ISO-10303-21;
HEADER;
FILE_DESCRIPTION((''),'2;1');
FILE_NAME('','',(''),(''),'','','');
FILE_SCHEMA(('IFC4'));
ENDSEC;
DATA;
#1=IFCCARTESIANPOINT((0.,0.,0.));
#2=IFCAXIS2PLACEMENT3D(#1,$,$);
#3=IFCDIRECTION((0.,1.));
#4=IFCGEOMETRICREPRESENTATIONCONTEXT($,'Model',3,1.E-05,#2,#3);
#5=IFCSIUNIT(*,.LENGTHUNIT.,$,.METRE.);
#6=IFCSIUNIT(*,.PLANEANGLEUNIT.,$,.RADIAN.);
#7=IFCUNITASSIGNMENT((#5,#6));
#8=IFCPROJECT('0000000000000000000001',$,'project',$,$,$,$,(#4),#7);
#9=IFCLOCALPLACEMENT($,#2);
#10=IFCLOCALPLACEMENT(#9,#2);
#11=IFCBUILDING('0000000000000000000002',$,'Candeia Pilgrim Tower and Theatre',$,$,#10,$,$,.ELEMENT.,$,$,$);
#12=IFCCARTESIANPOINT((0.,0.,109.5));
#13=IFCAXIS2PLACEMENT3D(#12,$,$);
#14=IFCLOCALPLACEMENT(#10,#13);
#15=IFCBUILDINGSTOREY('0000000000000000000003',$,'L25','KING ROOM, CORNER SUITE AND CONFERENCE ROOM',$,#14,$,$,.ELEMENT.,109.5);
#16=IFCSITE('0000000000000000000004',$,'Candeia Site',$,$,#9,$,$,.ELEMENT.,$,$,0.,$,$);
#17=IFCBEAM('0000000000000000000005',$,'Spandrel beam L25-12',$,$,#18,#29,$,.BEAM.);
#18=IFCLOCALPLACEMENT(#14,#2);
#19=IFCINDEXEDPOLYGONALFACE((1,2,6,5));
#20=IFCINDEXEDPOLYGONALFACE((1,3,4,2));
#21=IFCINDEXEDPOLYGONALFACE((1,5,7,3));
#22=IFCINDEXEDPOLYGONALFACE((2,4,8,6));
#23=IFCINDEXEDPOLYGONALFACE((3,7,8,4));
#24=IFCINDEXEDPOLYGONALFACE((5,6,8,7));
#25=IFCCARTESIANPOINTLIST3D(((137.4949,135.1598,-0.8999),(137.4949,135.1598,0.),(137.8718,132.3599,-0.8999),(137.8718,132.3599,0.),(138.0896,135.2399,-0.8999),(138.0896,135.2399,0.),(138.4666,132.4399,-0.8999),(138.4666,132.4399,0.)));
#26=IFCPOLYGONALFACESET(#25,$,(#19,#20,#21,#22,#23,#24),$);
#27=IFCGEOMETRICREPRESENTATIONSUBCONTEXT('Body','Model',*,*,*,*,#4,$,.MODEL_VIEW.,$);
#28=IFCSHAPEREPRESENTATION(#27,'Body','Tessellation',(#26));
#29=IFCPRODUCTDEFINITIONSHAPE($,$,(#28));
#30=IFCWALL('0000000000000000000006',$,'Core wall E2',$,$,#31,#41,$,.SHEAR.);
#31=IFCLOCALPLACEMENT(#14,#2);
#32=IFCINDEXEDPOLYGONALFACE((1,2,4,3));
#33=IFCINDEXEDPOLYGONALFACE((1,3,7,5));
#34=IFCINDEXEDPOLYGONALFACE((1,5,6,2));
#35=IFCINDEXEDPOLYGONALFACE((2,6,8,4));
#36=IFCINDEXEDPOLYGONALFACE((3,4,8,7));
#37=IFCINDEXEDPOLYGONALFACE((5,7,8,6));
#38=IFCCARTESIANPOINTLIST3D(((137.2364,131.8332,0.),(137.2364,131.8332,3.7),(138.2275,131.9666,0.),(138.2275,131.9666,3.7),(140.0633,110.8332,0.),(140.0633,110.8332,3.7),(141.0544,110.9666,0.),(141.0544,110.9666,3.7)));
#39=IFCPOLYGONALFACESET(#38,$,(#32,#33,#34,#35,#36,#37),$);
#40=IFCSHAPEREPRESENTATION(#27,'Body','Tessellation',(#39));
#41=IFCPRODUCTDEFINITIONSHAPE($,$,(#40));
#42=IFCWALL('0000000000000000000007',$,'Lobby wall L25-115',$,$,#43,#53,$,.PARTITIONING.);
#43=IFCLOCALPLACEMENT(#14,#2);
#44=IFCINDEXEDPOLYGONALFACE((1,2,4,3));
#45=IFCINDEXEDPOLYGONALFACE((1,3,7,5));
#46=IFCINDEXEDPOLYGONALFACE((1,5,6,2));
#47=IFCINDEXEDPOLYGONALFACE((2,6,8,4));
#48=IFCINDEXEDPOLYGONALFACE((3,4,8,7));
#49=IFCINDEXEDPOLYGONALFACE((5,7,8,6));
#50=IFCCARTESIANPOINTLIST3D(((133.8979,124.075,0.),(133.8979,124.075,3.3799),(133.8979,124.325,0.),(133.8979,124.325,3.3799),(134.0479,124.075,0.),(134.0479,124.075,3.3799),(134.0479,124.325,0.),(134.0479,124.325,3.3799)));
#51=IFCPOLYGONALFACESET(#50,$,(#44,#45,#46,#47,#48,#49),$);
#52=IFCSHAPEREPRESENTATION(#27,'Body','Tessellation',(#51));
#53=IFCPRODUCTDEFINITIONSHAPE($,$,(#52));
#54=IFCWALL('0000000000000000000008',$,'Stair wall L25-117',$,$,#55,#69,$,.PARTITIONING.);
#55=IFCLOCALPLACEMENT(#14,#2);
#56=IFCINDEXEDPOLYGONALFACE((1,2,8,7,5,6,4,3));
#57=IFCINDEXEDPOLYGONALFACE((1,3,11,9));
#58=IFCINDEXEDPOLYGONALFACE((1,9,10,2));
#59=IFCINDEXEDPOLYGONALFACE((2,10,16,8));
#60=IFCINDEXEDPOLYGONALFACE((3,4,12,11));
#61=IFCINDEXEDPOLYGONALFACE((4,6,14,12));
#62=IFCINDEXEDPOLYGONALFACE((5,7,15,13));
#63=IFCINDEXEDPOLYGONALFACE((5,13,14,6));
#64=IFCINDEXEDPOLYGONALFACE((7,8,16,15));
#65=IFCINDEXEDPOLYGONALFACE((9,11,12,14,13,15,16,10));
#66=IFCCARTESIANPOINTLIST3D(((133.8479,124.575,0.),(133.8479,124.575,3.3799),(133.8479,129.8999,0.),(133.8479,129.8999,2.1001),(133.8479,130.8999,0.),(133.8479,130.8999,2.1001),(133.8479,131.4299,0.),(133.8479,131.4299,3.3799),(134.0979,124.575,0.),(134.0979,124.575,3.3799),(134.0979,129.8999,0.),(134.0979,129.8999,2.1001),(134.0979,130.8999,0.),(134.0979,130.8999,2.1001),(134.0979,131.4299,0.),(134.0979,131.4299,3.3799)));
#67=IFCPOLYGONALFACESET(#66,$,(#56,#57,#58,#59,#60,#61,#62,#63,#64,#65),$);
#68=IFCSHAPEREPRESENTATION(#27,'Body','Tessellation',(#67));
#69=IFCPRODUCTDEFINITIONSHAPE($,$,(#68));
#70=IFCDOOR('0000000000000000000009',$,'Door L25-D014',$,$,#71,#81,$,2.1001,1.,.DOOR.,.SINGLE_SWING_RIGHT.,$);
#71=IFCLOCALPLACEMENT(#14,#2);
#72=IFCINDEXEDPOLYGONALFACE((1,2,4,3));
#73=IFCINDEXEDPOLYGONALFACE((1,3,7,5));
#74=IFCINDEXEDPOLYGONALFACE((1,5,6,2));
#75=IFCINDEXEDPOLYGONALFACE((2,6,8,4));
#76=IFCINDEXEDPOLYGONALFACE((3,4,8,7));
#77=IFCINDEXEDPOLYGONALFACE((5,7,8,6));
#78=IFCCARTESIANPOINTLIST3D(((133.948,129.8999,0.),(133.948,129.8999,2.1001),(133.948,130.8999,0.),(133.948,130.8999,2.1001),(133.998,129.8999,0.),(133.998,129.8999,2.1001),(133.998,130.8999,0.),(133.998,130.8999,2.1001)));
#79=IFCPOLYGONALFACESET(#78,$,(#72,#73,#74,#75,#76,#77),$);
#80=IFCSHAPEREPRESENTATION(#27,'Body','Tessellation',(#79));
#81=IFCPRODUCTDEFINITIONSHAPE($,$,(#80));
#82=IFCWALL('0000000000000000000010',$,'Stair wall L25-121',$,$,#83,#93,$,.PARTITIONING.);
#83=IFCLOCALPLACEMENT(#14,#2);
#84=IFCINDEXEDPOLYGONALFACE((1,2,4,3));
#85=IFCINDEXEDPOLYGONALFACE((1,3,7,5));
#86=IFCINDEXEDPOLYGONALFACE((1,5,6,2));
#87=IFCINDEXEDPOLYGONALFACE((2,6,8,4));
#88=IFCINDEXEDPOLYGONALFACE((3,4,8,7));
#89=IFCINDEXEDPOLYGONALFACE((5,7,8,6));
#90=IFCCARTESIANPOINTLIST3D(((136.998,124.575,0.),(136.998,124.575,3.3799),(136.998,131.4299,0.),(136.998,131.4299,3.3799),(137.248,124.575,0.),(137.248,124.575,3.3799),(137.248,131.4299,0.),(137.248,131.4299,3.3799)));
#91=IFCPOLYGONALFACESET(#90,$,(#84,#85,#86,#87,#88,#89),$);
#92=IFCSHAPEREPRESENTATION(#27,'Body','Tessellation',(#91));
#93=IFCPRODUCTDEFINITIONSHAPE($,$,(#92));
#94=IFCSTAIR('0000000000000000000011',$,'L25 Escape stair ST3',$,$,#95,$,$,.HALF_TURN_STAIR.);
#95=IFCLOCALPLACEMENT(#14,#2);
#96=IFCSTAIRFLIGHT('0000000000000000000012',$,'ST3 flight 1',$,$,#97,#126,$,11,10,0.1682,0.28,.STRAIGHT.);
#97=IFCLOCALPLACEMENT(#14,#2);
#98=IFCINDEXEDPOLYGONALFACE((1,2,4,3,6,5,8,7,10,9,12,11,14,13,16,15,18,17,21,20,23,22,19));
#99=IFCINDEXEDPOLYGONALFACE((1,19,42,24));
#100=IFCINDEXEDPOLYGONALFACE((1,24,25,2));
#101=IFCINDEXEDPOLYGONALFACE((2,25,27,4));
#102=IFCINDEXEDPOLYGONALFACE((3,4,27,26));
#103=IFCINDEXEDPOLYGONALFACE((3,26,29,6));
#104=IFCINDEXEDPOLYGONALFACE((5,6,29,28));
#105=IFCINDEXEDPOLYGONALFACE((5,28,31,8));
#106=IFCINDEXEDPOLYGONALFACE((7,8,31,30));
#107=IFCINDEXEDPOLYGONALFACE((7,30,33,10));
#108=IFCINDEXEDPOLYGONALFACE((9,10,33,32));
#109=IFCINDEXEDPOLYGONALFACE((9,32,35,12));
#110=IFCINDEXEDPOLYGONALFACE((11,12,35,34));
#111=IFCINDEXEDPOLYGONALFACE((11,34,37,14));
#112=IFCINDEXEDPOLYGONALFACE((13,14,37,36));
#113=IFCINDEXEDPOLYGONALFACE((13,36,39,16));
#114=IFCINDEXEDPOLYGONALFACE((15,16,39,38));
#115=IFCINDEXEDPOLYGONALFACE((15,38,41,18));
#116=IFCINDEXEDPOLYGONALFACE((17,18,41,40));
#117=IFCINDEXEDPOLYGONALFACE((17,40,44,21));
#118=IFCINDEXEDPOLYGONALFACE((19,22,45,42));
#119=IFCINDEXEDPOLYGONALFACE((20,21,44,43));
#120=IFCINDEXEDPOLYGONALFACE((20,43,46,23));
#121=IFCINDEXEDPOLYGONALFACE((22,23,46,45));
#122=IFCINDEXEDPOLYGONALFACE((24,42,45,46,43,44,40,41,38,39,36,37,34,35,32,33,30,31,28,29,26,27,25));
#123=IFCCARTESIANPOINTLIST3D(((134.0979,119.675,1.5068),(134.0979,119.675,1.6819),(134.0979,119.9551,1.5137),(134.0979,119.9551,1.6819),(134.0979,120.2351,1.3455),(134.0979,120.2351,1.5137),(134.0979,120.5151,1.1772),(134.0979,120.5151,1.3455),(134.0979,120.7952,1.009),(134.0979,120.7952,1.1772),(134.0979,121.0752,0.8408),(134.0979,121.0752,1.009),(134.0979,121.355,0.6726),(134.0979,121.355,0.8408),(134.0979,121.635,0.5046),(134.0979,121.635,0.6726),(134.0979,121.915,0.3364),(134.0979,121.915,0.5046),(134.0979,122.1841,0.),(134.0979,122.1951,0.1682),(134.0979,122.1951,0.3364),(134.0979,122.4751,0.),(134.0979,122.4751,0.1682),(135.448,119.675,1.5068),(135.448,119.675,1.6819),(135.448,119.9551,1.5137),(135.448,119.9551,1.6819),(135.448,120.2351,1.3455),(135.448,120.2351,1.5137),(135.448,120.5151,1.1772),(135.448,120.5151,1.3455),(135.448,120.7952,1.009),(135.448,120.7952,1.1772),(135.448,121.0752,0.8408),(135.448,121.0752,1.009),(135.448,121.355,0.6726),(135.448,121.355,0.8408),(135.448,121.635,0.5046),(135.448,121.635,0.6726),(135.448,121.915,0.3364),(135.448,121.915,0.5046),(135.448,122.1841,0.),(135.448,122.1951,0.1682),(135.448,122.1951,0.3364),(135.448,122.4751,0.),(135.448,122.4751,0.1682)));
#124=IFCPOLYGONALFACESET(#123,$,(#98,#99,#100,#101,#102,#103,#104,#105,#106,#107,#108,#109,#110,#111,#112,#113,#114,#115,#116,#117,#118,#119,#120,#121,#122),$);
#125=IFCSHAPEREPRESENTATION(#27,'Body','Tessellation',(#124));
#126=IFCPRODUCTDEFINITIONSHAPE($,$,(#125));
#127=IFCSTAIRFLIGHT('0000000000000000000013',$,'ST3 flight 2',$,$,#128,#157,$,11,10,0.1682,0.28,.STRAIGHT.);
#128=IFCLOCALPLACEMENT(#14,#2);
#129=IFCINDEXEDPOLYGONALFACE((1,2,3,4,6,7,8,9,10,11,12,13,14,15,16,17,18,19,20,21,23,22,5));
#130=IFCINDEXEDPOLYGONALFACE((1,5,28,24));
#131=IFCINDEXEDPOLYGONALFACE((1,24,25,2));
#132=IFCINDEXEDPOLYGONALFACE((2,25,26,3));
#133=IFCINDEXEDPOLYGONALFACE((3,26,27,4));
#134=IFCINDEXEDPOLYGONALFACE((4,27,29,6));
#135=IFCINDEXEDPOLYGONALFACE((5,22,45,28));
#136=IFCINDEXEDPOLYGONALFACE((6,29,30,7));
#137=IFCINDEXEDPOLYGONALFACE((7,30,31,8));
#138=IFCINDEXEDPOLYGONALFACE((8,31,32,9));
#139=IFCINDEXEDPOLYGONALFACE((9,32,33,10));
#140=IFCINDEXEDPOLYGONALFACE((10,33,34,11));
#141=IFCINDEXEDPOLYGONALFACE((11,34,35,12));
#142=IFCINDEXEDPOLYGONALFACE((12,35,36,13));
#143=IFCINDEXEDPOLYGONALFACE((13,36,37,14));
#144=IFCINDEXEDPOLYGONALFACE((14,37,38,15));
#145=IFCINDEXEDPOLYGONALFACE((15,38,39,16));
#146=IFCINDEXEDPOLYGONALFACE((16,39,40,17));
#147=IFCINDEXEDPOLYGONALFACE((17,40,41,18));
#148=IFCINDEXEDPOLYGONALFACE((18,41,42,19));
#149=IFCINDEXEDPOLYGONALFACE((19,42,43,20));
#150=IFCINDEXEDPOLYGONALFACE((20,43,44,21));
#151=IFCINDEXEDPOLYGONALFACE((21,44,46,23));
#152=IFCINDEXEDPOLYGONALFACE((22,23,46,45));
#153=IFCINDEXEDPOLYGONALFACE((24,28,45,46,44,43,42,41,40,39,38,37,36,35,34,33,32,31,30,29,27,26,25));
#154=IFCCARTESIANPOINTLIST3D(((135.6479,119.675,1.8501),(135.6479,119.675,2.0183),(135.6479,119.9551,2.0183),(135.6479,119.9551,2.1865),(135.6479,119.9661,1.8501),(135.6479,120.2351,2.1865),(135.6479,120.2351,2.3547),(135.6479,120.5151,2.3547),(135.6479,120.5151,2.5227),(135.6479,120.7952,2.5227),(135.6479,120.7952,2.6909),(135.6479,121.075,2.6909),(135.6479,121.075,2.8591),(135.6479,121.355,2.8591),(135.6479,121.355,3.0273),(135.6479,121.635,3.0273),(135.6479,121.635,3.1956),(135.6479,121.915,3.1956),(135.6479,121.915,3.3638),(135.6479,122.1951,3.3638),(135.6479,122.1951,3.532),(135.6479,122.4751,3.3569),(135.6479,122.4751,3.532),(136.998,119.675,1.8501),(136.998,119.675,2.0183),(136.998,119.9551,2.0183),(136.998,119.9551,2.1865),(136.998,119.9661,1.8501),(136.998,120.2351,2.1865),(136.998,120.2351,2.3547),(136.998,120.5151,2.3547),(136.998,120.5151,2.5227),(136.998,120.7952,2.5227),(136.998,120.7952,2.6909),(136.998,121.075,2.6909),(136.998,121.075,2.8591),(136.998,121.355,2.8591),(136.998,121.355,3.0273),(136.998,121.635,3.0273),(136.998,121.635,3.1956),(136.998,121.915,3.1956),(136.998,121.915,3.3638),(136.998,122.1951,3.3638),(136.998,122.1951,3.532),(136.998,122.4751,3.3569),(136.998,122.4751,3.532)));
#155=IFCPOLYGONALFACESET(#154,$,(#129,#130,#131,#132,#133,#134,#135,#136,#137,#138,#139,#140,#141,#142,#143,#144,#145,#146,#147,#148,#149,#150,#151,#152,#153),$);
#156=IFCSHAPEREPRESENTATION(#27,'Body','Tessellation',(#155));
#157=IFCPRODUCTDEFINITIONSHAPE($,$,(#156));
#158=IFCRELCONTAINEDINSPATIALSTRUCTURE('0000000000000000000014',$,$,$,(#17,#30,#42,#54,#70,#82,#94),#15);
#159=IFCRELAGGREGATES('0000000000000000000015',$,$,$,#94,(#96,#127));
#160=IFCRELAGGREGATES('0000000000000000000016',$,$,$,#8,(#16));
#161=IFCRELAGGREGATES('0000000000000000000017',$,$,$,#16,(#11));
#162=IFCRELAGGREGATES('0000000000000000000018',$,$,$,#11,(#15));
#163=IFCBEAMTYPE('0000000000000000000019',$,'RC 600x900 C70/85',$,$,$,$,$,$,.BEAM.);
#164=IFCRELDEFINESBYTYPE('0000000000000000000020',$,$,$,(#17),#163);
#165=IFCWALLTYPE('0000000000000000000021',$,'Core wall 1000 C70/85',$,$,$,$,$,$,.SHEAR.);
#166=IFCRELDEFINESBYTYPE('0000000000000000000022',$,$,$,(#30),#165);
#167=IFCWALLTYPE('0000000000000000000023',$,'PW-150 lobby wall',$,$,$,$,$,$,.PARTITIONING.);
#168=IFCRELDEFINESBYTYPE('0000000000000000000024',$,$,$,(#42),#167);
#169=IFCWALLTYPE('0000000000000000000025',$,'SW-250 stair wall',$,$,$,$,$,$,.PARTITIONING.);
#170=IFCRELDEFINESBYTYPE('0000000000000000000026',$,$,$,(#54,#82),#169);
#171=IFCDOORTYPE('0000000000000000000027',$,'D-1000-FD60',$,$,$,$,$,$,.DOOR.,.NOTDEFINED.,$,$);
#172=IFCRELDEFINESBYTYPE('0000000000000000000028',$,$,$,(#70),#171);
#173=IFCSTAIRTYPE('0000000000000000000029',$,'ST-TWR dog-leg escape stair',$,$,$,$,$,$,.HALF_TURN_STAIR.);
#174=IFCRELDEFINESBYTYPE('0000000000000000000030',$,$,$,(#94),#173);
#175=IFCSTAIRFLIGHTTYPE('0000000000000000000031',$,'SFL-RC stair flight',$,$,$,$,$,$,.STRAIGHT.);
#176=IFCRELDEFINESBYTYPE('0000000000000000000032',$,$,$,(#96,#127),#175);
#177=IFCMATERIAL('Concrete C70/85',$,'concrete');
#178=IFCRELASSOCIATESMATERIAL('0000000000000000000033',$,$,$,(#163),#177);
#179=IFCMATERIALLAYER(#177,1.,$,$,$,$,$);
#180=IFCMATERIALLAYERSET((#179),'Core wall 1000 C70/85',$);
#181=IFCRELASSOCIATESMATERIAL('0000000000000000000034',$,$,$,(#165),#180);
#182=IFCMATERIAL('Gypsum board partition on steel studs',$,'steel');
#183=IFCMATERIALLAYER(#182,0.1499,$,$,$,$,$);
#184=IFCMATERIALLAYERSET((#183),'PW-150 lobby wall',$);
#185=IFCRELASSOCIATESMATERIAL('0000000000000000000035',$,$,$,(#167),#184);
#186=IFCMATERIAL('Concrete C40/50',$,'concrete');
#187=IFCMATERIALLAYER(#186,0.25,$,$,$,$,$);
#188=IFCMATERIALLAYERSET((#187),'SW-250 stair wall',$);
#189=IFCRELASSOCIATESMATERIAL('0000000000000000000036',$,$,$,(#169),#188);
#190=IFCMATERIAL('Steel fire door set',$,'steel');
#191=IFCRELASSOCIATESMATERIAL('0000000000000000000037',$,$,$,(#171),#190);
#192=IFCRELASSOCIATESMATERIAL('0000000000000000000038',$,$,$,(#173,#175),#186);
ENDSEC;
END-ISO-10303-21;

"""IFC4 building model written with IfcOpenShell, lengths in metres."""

from ifc_helpers import new_model, si_unit, direction, frame, frame_2d, origin, origin_2d, place, context, subcontext, project, spatial, polyline, rectangle, outline, extrude, material, layer, layer_set, material_profile, profile_set, type_object, element, fill, aggregate, save


model = new_model("IFC4")

# Units and contexts
model_context = context("Model", 3, precision=1e-05, world=origin(), true_north=direction((0.0, 1.0)))
body_context = subcontext(model_context, "Body", "Model", "MODEL_VIEW")
ifc_project = project(units=[si_unit("LENGTHUNIT", "METRE"), si_unit("PLANEANGLEUNIT", "RADIAN")], contexts=[model_context])

# Site, building, storey
site_placement = place(None, origin())
site = spatial("IfcSite", under=ifc_project, at=site_placement, Name="Candeia Site", CompositionType="ELEMENT", RefElevation=0.0)
building_placement = place(site_placement, origin())
building = spatial("IfcBuilding", under=site, at=building_placement, Name="Candeia Pilgrim Tower and Theatre", CompositionType="ELEMENT")
storey_placement = place(building_placement, frame((0.0, 0.0, 109.5)))
storey = spatial("IfcBuildingStorey", under=building, at=storey_placement, Name="L25", Description="KING ROOM, CORNER SUITE AND CONFERENCE ROOM", CompositionType="ELEMENT", Elevation=109.5)

# Beam
ifc_material_1 = material(Name="Concrete C70/85", Category="concrete")
ifc_material_profile = material_profile(ifc_material_1, rectangle(XDim=0.6001, YDim=0.8999, at=origin_2d()))
ifc_profile_set = profile_set([ifc_material_profile], Name="Concrete C70/85")
beam_type = type_object("IfcBeamType", Name="RC 600x900 C70/85", PredefinedType="BEAM", material=ifc_profile_set)
beam_placement = place(storey_placement, frame((138.1692, 132.3999, -0.45), z_axis=(-0.13342, 0.99106, 0.0), x_axis=(-0.99106, -0.13342, 0.0)))
element("IfcBeam", 1, at=beam_placement, inside=storey, type_object=beam_type, Name="Spandrel beam L25-12", PredefinedType="BEAM", context=body_context, shape_type="SweptSolid", body=[
    extrude(rectangle(XDim=0.6001, YDim=0.8999, at=origin_2d()), origin(), (0.0, 0.0, 1.0), 2.8252),
])

# Wall
ifc_layer_1 = layer(ifc_material_1, 1.0)
ifc_layer_set_1 = layer_set([ifc_layer_1], Name="Core wall 1000 C70/85")
wall_type_1 = type_object("IfcWallType", Name="Core wall 1000 C70/85", PredefinedType="SHEAR", material=ifc_layer_set_1)
wall_1_placement = place(storey_placement, frame((137.7319, 131.8999, 0.0), z_axis=(0.0, 0.0, 1.0), x_axis=(0.133411, -0.991061, 0.0)))
element("IfcWall", 2, at=wall_1_placement, inside=storey, type_object=wall_type_1, Name="Core wall E2", PredefinedType="SHEAR", context=body_context, shape_type="SweptSolid", body=[
    extrude(rectangle(XDim=21.1895, YDim=1.0, at=frame_2d((10.5947, 0.0))), origin(), (0.0, 0.0, 1.0), 3.7),
])

# Wall
ifc_material_2 = material(Name="Gypsum board partition on steel studs", Category="steel")
ifc_layer_2 = layer(ifc_material_2, 0.1499)
ifc_layer_set_2 = layer_set([ifc_layer_2], Name="PW-150 lobby wall")
wall_type_2 = type_object("IfcWallType", Name="PW-150 lobby wall", PredefinedType="PARTITIONING", material=ifc_layer_set_2)
wall_2_placement = place(storey_placement, frame((133.9729, 124.075, 0.0), z_axis=(0.0, 0.0, 1.0), x_axis=(0.0, 1.0, 0.0)))
element("IfcWall", 3, at=wall_2_placement, inside=storey, type_object=wall_type_2, Name="Lobby wall L25-115", PredefinedType="PARTITIONING", context=body_context, shape_type="SweptSolid", body=[
    extrude(rectangle(XDim=0.25, YDim=0.1499, at=frame_2d((0.125, 0.0))), origin(), (0.0, 0.0, 1.0), 3.3799),
])

# Wall, opening, door
ifc_material_3 = material(Name="Concrete C40/50", Category="concrete")
ifc_layer_3 = layer(ifc_material_3, 0.25)
ifc_layer_set_3 = layer_set([ifc_layer_3], Name="SW-250 stair wall")
wall_type_3 = type_object("IfcWallType", Name="SW-250 stair wall", PredefinedType="PARTITIONING", material=ifc_layer_set_3)
wall_3_placement = place(storey_placement, frame((133.9729, 124.575, 0.0), z_axis=(0.0, 0.0, 1.0), x_axis=(0.0, 1.0, 0.0)))
wall_3 = element("IfcWall", 4, at=wall_3_placement, inside=storey, type_object=wall_type_3, Name="Stair wall L25-117", PredefinedType="PARTITIONING", context=body_context, shape_type="SweptSolid", body=[
    extrude(rectangle(XDim=6.855, YDim=0.25, at=frame_2d((3.4275, 0.0))), origin(), (0.0, 0.0, 1.0), 3.3799),
])
opening_1_placement = place(wall_3_placement, frame((5.325, 0.0, 0.0)))
opening_1 = element("IfcOpeningElement", 5, at=opening_1_placement, cuts=wall_3, PredefinedType="OPENING", context=body_context, shape_type="SweptSolid", body=[
    extrude(rectangle(XDim=1.0, YDim=2.1001, at=frame_2d((0.5, 1.05))), frame((0.0, 0.135, 0.0), z_axis=(0.0, -1.0, 0.0), x_axis=(1.0, 0.0, 0.0)), (0.0, 0.0, 1.0), 0.27),
])
ifc_material_4 = material(Name="Steel fire door set", Category="steel")
door_type_1 = type_object("IfcDoorType", Name="D-1000-FD60", OperationType="NOTDEFINED", PredefinedType="DOOR", material=ifc_material_4)
door_1_placement = place(opening_1_placement, origin())
door_1 = element("IfcDoor", 6, at=door_1_placement, inside=storey, type_object=door_type_1, Name="Door L25-D014", OperationType="SINGLE_SWING_RIGHT", OverallHeight=2.1001, OverallWidth=1.0, PredefinedType="DOOR", context=body_context, shape_type="SweptSolid", body=[
    extrude(rectangle(XDim=1.0, YDim=2.1001, at=frame_2d((0.5, 1.05))), frame((0.0, 0.0249, 0.0), z_axis=(0.0, -1.0, 0.0), x_axis=(1.0, 0.0, 0.0)), (0.0, 0.0, 1.0), 0.05),
])
fill(opening_1, door_1)

# Wall
wall_4_placement = place(storey_placement, frame((137.123, 124.575, 0.0), z_axis=(0.0, 0.0, 1.0), x_axis=(0.0, 1.0, 0.0)))
element("IfcWall", 7, at=wall_4_placement, inside=storey, type_object=wall_type_3, Name="Stair wall L25-121", PredefinedType="PARTITIONING", context=body_context, shape_type="SweptSolid", body=[
    extrude(rectangle(XDim=6.855, YDim=0.25, at=frame_2d((3.4275, 0.0))), origin(), (0.0, 0.0, 1.0), 3.3799),
])

# Stair, stair flights
stair_type = type_object("IfcStairType", Name="ST-TWR dog-leg escape stair", PredefinedType="HALF_TURN_STAIR", material=ifc_material_3)
stair_1_placement = place(storey_placement, origin())
stair_1 = element("IfcStair", 8, at=stair_1_placement, inside=storey, type_object=stair_type, Name="L25 Escape stair ST3", PredefinedType="HALF_TURN_STAIR")
stair_flight_type = type_object("IfcStairFlightType", Name="SFL-RC stair flight", PredefinedType="STRAIGHT", material=ifc_material_3)
stair_flight_1_placement = place(storey_placement, frame((134.7729, 122.4751, 0.0), z_axis=(0.0, 0.0, 1.0), x_axis=(0.0, -1.0, 0.0)))
stair_flight_1 = element("IfcStairFlight", 9, at=stair_flight_1_placement, type_object=stair_flight_type, Name="ST3 flight 1", NumberOfRisers=11, NumberOfTreads=10, PredefinedType="STRAIGHT", RiserHeight=0.1682, TreadLength=0.28, context=body_context, shape_type="SweptSolid", body=[
    extrude(outline(polyline([(0.0, 0.0), (0.0, 0.1682), (0.28, 0.1682), (0.28, 0.3364), (0.5601, 0.3364), (0.5601, 0.5046), (0.8401, 0.5046), (0.8401, 0.6726), (1.1201, 0.6726), (1.1201, 0.8408), (1.3999, 0.8408), (1.3999, 1.009), (1.6799, 1.009), (1.6799, 1.1772), (1.96, 1.1772), (1.96, 1.3455), (2.24, 1.3455), (2.24, 1.5137), (2.52, 1.5137), (2.52, 1.6819), (2.8, 1.6819), (2.8, 1.8501), (2.8, 1.5068), (0.291, 0.0), (0.0, 0.0)])), frame((0.0, 0.675, 0.0), z_axis=(0.0, -1.0, 0.0), x_axis=(1.0, 0.0, 0.0)), (0.0, 0.0, 1.0), 1.3501),
])
stair_flight_2_placement = place(storey_placement, frame((136.323, 119.675, 1.8501), z_axis=(0.0, 0.0, 1.0), x_axis=(0.0, 1.0, 0.0)))
stair_flight_2 = element("IfcStairFlight", 10, at=stair_flight_2_placement, type_object=stair_flight_type, Name="ST3 flight 2", NumberOfRisers=11, NumberOfTreads=10, PredefinedType="STRAIGHT", RiserHeight=0.1682, TreadLength=0.28, context=body_context, shape_type="SweptSolid", body=[
    extrude(outline(polyline([(0.0, 0.0), (0.0, 0.1682), (0.28, 0.1682), (0.28, 0.3364), (0.5601, 0.3364), (0.5601, 0.5046), (0.8401, 0.5046), (0.8401, 0.6726), (1.1201, 0.6726), (1.1201, 0.8408), (1.3999, 0.8408), (1.3999, 1.009), (1.6799, 1.009), (1.6799, 1.1772), (1.96, 1.1772), (1.96, 1.3455), (2.24, 1.3455), (2.24, 1.5137), (2.52, 1.5137), (2.52, 1.6819), (2.8, 1.6819), (2.8, 1.8501), (2.8, 1.5068), (0.291, 0.0), (0.0, 0.0)])), frame((0.0, 0.675, 0.0), z_axis=(0.0, -1.0, 0.0), x_axis=(1.0, 0.0, 0.0)), (0.0, 0.0, 1.0), 1.3501),
])
aggregate(stair_1, [stair_flight_1, stair_flight_2])

save(model, "model.ifc")
